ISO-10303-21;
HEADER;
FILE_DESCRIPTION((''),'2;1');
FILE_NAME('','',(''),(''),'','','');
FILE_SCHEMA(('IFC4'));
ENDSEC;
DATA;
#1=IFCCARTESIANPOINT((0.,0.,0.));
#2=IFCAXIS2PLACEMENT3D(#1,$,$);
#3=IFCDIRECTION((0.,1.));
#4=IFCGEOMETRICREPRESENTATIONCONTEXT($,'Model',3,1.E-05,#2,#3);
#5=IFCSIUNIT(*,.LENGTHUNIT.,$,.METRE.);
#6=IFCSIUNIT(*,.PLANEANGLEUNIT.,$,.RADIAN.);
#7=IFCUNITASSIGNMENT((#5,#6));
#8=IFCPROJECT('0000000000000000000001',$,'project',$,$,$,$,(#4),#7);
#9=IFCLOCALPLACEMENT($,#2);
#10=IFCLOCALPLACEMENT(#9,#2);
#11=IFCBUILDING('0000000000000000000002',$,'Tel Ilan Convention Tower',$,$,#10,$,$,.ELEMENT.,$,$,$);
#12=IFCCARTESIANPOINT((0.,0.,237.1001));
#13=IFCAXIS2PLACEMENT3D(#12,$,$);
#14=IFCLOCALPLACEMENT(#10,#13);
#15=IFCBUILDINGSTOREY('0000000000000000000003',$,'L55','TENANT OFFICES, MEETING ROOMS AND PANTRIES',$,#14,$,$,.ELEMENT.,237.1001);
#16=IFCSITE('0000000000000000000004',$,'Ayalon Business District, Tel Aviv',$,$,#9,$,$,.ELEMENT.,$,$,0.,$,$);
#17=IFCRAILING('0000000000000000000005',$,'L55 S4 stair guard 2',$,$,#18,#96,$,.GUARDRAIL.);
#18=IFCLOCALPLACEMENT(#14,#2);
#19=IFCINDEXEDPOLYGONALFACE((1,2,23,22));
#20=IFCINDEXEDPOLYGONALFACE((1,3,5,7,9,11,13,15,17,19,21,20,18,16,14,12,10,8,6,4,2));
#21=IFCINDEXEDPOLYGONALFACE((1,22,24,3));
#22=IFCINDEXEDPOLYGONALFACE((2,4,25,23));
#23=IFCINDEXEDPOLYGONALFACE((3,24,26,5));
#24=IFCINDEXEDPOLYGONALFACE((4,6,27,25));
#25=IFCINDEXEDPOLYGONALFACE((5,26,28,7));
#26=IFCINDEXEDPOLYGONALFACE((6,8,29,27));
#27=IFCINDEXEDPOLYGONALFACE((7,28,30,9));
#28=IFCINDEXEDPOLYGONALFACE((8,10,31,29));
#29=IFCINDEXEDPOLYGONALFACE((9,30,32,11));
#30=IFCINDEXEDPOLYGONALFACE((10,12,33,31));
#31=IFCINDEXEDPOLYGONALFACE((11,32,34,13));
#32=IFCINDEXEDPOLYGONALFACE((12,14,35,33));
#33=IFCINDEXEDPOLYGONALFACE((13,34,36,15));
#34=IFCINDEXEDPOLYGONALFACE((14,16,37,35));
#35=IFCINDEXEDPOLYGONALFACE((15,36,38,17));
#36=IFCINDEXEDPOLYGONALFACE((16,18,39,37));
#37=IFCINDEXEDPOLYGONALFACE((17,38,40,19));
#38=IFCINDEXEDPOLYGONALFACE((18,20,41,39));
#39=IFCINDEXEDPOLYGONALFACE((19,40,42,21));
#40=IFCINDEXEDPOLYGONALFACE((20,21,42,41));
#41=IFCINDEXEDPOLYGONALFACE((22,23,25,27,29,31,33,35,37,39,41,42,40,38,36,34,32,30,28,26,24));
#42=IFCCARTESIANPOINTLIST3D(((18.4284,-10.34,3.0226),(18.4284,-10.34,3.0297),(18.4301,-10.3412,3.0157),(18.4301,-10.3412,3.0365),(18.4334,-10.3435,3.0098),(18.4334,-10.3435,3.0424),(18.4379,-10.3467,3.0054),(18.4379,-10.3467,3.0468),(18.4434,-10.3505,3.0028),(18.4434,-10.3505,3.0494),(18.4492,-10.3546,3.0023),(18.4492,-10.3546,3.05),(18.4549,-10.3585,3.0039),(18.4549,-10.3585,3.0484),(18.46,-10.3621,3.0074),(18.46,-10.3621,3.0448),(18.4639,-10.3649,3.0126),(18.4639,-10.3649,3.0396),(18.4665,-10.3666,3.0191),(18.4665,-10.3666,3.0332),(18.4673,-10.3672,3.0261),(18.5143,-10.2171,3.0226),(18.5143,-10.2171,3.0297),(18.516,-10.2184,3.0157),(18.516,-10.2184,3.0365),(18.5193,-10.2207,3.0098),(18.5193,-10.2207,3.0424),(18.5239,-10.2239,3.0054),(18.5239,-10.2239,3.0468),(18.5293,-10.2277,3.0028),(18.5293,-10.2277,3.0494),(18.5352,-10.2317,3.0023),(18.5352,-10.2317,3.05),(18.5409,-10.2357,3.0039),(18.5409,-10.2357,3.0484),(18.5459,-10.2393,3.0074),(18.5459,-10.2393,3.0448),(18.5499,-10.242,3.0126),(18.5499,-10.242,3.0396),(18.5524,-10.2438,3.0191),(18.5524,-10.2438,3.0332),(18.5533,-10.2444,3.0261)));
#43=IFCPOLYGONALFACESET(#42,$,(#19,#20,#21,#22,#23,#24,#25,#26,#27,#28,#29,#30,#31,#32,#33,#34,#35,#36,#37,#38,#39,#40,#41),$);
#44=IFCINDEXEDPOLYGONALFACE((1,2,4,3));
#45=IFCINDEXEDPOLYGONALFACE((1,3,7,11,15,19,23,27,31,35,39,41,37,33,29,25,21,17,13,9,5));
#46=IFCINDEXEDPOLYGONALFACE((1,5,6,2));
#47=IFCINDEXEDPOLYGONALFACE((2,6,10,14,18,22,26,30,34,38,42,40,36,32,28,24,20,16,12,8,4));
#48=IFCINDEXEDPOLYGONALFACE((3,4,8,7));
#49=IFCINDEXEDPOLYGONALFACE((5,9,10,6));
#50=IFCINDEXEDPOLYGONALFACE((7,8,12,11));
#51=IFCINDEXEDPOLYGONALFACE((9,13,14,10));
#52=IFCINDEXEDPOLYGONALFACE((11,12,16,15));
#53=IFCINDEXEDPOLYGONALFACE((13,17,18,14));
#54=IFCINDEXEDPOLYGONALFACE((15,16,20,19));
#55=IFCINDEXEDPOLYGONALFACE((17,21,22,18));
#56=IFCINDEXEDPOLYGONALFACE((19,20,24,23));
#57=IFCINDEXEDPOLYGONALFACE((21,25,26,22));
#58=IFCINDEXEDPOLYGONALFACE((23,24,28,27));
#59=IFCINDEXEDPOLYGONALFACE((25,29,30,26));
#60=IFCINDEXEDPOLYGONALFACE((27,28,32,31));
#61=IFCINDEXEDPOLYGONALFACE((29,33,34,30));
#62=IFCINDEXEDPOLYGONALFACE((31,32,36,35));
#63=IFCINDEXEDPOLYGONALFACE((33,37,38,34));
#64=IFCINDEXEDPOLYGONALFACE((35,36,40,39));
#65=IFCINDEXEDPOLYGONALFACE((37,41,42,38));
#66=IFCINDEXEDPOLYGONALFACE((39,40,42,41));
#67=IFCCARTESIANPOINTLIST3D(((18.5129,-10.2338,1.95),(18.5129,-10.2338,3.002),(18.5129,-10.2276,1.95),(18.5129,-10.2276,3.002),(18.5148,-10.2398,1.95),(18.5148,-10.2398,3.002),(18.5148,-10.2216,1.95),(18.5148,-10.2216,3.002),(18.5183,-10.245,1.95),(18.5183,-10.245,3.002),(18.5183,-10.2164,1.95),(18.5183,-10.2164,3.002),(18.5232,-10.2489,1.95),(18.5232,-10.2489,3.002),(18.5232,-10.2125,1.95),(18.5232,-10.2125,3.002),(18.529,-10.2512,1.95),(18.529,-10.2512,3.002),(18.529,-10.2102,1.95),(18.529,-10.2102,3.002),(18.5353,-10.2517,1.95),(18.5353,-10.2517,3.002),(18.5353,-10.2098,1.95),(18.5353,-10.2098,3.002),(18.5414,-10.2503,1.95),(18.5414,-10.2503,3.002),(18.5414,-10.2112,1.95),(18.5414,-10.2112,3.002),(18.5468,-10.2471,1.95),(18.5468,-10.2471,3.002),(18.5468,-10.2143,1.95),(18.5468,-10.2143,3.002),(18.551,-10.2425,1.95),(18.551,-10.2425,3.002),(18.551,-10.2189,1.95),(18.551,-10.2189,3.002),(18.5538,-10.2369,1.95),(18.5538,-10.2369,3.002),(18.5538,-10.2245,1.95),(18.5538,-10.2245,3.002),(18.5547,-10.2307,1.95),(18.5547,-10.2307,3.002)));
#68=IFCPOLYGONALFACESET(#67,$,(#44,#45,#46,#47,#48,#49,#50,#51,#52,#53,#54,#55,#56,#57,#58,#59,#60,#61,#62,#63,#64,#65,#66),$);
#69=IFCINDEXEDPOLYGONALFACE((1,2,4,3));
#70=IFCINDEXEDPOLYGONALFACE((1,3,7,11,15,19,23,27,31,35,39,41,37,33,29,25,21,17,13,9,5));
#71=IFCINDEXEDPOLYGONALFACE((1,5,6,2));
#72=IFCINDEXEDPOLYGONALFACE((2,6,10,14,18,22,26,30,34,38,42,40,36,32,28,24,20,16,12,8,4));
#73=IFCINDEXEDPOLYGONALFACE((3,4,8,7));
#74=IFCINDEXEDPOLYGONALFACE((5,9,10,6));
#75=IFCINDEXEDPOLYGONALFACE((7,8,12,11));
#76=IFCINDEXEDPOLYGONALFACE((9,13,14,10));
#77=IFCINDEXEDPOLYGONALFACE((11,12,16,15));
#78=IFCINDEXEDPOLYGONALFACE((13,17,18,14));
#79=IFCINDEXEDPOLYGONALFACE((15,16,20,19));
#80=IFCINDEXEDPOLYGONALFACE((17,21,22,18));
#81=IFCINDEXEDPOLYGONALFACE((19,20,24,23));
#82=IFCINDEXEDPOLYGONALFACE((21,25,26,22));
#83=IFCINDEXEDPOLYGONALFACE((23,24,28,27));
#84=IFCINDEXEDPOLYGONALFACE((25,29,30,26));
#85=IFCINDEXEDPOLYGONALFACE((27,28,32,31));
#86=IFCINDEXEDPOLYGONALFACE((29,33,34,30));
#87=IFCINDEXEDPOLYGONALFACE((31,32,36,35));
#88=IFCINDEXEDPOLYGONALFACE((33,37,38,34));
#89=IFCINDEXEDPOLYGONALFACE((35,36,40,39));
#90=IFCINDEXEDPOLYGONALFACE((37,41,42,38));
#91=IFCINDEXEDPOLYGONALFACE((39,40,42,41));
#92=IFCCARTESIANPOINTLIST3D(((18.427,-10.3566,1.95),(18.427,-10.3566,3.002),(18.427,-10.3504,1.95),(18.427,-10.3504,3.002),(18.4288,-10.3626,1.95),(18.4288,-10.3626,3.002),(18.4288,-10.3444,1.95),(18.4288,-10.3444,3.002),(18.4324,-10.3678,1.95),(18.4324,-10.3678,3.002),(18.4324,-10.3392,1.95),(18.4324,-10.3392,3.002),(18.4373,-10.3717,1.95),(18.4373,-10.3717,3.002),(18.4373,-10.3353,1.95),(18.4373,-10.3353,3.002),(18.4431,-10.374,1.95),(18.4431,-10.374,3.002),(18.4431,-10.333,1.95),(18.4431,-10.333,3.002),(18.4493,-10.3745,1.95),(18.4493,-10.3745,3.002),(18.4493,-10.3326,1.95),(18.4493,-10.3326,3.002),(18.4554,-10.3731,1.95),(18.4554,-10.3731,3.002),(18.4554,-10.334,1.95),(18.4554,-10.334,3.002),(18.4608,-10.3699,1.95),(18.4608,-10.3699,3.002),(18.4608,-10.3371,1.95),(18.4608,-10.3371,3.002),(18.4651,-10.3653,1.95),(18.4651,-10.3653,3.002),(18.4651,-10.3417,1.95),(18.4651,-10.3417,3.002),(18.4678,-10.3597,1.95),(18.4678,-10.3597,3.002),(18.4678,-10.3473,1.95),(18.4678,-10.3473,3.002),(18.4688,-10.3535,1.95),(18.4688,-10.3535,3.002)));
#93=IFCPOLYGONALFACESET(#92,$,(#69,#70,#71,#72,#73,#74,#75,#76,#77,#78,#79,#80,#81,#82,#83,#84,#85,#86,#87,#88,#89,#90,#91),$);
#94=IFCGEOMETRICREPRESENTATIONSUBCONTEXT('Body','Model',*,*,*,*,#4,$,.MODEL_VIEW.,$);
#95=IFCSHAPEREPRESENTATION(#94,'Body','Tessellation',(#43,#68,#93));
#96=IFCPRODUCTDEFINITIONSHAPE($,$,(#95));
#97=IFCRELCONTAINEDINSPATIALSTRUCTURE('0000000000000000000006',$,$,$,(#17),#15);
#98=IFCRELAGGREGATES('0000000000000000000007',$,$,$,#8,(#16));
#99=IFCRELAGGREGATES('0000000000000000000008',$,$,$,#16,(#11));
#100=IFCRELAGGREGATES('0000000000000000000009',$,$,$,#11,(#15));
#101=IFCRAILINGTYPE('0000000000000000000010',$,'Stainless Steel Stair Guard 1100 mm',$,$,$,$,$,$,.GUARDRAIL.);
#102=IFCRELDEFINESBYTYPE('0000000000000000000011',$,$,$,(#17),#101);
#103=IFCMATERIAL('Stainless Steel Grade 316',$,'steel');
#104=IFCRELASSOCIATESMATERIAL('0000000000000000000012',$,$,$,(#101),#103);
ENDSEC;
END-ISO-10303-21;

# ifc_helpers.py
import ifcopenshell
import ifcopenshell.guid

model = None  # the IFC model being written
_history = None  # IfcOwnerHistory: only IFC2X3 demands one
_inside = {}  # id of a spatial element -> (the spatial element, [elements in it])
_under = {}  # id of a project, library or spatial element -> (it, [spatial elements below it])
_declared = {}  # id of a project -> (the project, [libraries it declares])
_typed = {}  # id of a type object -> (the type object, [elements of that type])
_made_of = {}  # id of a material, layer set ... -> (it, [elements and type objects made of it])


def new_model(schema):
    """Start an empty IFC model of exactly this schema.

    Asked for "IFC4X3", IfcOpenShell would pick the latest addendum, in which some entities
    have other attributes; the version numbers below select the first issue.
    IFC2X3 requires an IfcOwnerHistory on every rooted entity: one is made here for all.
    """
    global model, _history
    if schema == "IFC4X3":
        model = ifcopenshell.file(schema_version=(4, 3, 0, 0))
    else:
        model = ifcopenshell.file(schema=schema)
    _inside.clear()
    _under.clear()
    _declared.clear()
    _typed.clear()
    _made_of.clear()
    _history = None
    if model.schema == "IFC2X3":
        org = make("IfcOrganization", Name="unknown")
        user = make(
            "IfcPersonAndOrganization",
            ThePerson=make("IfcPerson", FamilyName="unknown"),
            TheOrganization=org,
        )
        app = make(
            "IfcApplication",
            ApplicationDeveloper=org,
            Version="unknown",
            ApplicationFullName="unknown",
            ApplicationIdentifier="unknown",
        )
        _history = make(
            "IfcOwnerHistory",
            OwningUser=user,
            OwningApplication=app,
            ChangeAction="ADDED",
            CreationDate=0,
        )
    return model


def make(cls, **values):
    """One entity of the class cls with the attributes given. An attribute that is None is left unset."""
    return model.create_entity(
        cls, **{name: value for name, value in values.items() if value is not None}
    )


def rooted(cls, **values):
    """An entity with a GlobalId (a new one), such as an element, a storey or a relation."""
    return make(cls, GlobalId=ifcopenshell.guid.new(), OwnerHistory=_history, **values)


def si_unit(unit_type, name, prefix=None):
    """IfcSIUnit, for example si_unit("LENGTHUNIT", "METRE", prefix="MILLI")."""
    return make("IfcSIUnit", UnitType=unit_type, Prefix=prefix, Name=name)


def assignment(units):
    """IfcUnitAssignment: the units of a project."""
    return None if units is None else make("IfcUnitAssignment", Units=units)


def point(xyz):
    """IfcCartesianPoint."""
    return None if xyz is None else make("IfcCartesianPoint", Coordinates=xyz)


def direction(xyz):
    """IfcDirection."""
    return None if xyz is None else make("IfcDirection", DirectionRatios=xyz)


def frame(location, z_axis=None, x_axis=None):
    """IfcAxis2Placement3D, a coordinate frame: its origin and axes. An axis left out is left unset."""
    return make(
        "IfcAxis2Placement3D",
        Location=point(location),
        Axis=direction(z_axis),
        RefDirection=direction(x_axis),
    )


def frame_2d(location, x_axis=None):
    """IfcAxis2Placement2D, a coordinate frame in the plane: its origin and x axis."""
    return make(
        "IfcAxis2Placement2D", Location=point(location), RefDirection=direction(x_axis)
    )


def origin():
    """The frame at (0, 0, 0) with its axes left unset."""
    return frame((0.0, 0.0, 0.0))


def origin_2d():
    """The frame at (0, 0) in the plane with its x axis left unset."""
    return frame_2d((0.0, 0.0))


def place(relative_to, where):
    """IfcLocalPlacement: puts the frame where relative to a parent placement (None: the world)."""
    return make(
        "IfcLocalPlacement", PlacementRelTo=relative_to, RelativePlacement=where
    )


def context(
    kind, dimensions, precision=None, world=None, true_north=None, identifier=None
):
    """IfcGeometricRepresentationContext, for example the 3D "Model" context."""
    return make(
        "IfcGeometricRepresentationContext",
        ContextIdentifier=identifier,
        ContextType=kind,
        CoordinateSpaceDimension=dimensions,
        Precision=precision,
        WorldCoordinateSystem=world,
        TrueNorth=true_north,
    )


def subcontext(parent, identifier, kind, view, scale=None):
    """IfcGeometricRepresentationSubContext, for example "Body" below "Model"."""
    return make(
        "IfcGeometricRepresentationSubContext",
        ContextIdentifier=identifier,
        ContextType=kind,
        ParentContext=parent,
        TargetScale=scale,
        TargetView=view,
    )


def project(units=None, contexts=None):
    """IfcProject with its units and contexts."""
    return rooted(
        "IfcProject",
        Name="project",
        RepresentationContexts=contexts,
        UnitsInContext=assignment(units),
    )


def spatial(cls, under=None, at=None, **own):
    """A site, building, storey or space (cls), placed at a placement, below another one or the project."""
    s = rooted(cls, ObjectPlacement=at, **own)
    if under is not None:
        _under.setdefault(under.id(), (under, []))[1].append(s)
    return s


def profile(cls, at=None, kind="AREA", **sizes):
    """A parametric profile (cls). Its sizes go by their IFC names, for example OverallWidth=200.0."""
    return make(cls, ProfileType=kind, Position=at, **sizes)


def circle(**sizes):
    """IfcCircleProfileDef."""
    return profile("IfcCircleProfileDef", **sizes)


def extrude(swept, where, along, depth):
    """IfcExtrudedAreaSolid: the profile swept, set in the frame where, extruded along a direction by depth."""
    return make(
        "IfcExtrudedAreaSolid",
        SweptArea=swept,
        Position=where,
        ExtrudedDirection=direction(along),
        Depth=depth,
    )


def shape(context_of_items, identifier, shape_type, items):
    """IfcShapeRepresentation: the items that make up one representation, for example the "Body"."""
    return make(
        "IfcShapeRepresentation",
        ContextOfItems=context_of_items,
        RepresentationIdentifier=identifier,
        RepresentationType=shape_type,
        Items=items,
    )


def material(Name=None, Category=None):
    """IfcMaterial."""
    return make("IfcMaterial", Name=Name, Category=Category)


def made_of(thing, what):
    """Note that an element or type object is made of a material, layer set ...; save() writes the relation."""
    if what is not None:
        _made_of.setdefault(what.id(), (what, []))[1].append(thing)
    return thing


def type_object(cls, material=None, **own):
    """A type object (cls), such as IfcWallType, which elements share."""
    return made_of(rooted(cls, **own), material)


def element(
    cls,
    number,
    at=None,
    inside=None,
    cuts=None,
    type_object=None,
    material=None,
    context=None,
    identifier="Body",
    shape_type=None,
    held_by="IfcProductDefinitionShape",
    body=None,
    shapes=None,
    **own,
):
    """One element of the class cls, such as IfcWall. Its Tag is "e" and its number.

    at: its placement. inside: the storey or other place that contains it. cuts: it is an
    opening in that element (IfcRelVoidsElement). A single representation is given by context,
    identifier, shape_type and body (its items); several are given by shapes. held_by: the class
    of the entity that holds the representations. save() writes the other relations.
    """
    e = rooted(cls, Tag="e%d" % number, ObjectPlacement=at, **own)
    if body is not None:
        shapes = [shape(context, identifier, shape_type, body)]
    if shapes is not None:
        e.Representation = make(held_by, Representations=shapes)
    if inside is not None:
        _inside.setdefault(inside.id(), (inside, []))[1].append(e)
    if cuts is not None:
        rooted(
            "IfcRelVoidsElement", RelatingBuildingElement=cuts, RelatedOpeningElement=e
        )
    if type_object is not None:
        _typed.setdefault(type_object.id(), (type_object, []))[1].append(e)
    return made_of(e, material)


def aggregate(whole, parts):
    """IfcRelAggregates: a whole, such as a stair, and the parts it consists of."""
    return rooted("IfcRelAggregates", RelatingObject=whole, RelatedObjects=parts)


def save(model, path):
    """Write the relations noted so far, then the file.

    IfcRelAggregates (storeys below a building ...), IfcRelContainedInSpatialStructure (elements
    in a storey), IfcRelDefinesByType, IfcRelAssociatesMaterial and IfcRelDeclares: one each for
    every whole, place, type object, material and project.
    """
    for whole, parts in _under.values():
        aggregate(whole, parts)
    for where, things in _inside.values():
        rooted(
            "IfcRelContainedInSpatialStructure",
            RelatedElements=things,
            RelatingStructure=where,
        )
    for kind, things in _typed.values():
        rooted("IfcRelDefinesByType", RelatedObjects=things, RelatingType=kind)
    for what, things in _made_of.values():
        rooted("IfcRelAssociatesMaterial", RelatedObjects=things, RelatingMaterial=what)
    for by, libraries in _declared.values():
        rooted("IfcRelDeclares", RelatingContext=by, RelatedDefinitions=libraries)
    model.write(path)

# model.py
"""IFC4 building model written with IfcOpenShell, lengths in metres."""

from ifc_helpers import new_model, si_unit, direction, frame, origin, origin_2d, place, context, subcontext, project, spatial, circle, extrude, material, type_object, element, save


model = new_model("IFC4")

# Units and contexts
model_context = context("Model", 3, precision=1e-05, world=origin(), true_north=direction((0.0, 1.0)))
body_context = subcontext(model_context, "Body", "Model", "MODEL_VIEW")
ifc_project = project(units=[si_unit("LENGTHUNIT", "METRE"), si_unit("PLANEANGLEUNIT", "RADIAN")], contexts=[model_context])

# Site, building, storey
site_placement = place(None, origin())
site = spatial("IfcSite", under=ifc_project, at=site_placement, Name="Ayalon Business District, Tel Aviv", CompositionType="ELEMENT", RefElevation=0.0)
building_placement = place(site_placement, origin())
building = spatial("IfcBuilding", under=site, at=building_placement, Name="Tel Ilan Convention Tower", CompositionType="ELEMENT")
storey_placement = place(building_placement, frame((0.0, 0.0, 237.1001)))
storey = spatial("IfcBuildingStorey", under=building, at=storey_placement, Name="L55", Description="TENANT OFFICES, MEETING ROOMS AND PANTRIES", CompositionType="ELEMENT", Elevation=237.1001)

# Railing
ifc_material_1 = material(Name="Stainless Steel Grade 316", Category="steel")
railing_type_1 = type_object("IfcRailingType", Name="Stainless Steel Stair Guard 1100 mm", PredefinedType="GUARDRAIL", material=ifc_material_1)
railing_1_placement = place(storey_placement, frame((18.5337, -10.2307, 1.95)))
element("IfcRailing", 1, at=railing_1_placement, inside=storey, type_object=railing_type_1, Name="L55 S4 stair guard 2", PredefinedType="GUARDRAIL", context=body_context, shape_type="SweptSolid", body=[
    extrude(circle(Radius=0.0239, at=origin_2d()), frame((0.0, 0.0, 1.0762), z_axis=(-0.573353, -0.819308, 0.0), x_axis=(0.819308, -0.573353, 0.0)), (0.0, 0.0, 1.0), 0.1499),
    extrude(circle(Radius=0.021, at=origin_2d()), origin(), (0.0, 0.0, 1.0), 1.052),
    extrude(circle(Radius=0.021, at=origin_2d()), frame((-0.0859, -0.1228, 0.0)), (0.0, 0.0, 1.0), 1.052),
])

save(model, "model.ifc")
